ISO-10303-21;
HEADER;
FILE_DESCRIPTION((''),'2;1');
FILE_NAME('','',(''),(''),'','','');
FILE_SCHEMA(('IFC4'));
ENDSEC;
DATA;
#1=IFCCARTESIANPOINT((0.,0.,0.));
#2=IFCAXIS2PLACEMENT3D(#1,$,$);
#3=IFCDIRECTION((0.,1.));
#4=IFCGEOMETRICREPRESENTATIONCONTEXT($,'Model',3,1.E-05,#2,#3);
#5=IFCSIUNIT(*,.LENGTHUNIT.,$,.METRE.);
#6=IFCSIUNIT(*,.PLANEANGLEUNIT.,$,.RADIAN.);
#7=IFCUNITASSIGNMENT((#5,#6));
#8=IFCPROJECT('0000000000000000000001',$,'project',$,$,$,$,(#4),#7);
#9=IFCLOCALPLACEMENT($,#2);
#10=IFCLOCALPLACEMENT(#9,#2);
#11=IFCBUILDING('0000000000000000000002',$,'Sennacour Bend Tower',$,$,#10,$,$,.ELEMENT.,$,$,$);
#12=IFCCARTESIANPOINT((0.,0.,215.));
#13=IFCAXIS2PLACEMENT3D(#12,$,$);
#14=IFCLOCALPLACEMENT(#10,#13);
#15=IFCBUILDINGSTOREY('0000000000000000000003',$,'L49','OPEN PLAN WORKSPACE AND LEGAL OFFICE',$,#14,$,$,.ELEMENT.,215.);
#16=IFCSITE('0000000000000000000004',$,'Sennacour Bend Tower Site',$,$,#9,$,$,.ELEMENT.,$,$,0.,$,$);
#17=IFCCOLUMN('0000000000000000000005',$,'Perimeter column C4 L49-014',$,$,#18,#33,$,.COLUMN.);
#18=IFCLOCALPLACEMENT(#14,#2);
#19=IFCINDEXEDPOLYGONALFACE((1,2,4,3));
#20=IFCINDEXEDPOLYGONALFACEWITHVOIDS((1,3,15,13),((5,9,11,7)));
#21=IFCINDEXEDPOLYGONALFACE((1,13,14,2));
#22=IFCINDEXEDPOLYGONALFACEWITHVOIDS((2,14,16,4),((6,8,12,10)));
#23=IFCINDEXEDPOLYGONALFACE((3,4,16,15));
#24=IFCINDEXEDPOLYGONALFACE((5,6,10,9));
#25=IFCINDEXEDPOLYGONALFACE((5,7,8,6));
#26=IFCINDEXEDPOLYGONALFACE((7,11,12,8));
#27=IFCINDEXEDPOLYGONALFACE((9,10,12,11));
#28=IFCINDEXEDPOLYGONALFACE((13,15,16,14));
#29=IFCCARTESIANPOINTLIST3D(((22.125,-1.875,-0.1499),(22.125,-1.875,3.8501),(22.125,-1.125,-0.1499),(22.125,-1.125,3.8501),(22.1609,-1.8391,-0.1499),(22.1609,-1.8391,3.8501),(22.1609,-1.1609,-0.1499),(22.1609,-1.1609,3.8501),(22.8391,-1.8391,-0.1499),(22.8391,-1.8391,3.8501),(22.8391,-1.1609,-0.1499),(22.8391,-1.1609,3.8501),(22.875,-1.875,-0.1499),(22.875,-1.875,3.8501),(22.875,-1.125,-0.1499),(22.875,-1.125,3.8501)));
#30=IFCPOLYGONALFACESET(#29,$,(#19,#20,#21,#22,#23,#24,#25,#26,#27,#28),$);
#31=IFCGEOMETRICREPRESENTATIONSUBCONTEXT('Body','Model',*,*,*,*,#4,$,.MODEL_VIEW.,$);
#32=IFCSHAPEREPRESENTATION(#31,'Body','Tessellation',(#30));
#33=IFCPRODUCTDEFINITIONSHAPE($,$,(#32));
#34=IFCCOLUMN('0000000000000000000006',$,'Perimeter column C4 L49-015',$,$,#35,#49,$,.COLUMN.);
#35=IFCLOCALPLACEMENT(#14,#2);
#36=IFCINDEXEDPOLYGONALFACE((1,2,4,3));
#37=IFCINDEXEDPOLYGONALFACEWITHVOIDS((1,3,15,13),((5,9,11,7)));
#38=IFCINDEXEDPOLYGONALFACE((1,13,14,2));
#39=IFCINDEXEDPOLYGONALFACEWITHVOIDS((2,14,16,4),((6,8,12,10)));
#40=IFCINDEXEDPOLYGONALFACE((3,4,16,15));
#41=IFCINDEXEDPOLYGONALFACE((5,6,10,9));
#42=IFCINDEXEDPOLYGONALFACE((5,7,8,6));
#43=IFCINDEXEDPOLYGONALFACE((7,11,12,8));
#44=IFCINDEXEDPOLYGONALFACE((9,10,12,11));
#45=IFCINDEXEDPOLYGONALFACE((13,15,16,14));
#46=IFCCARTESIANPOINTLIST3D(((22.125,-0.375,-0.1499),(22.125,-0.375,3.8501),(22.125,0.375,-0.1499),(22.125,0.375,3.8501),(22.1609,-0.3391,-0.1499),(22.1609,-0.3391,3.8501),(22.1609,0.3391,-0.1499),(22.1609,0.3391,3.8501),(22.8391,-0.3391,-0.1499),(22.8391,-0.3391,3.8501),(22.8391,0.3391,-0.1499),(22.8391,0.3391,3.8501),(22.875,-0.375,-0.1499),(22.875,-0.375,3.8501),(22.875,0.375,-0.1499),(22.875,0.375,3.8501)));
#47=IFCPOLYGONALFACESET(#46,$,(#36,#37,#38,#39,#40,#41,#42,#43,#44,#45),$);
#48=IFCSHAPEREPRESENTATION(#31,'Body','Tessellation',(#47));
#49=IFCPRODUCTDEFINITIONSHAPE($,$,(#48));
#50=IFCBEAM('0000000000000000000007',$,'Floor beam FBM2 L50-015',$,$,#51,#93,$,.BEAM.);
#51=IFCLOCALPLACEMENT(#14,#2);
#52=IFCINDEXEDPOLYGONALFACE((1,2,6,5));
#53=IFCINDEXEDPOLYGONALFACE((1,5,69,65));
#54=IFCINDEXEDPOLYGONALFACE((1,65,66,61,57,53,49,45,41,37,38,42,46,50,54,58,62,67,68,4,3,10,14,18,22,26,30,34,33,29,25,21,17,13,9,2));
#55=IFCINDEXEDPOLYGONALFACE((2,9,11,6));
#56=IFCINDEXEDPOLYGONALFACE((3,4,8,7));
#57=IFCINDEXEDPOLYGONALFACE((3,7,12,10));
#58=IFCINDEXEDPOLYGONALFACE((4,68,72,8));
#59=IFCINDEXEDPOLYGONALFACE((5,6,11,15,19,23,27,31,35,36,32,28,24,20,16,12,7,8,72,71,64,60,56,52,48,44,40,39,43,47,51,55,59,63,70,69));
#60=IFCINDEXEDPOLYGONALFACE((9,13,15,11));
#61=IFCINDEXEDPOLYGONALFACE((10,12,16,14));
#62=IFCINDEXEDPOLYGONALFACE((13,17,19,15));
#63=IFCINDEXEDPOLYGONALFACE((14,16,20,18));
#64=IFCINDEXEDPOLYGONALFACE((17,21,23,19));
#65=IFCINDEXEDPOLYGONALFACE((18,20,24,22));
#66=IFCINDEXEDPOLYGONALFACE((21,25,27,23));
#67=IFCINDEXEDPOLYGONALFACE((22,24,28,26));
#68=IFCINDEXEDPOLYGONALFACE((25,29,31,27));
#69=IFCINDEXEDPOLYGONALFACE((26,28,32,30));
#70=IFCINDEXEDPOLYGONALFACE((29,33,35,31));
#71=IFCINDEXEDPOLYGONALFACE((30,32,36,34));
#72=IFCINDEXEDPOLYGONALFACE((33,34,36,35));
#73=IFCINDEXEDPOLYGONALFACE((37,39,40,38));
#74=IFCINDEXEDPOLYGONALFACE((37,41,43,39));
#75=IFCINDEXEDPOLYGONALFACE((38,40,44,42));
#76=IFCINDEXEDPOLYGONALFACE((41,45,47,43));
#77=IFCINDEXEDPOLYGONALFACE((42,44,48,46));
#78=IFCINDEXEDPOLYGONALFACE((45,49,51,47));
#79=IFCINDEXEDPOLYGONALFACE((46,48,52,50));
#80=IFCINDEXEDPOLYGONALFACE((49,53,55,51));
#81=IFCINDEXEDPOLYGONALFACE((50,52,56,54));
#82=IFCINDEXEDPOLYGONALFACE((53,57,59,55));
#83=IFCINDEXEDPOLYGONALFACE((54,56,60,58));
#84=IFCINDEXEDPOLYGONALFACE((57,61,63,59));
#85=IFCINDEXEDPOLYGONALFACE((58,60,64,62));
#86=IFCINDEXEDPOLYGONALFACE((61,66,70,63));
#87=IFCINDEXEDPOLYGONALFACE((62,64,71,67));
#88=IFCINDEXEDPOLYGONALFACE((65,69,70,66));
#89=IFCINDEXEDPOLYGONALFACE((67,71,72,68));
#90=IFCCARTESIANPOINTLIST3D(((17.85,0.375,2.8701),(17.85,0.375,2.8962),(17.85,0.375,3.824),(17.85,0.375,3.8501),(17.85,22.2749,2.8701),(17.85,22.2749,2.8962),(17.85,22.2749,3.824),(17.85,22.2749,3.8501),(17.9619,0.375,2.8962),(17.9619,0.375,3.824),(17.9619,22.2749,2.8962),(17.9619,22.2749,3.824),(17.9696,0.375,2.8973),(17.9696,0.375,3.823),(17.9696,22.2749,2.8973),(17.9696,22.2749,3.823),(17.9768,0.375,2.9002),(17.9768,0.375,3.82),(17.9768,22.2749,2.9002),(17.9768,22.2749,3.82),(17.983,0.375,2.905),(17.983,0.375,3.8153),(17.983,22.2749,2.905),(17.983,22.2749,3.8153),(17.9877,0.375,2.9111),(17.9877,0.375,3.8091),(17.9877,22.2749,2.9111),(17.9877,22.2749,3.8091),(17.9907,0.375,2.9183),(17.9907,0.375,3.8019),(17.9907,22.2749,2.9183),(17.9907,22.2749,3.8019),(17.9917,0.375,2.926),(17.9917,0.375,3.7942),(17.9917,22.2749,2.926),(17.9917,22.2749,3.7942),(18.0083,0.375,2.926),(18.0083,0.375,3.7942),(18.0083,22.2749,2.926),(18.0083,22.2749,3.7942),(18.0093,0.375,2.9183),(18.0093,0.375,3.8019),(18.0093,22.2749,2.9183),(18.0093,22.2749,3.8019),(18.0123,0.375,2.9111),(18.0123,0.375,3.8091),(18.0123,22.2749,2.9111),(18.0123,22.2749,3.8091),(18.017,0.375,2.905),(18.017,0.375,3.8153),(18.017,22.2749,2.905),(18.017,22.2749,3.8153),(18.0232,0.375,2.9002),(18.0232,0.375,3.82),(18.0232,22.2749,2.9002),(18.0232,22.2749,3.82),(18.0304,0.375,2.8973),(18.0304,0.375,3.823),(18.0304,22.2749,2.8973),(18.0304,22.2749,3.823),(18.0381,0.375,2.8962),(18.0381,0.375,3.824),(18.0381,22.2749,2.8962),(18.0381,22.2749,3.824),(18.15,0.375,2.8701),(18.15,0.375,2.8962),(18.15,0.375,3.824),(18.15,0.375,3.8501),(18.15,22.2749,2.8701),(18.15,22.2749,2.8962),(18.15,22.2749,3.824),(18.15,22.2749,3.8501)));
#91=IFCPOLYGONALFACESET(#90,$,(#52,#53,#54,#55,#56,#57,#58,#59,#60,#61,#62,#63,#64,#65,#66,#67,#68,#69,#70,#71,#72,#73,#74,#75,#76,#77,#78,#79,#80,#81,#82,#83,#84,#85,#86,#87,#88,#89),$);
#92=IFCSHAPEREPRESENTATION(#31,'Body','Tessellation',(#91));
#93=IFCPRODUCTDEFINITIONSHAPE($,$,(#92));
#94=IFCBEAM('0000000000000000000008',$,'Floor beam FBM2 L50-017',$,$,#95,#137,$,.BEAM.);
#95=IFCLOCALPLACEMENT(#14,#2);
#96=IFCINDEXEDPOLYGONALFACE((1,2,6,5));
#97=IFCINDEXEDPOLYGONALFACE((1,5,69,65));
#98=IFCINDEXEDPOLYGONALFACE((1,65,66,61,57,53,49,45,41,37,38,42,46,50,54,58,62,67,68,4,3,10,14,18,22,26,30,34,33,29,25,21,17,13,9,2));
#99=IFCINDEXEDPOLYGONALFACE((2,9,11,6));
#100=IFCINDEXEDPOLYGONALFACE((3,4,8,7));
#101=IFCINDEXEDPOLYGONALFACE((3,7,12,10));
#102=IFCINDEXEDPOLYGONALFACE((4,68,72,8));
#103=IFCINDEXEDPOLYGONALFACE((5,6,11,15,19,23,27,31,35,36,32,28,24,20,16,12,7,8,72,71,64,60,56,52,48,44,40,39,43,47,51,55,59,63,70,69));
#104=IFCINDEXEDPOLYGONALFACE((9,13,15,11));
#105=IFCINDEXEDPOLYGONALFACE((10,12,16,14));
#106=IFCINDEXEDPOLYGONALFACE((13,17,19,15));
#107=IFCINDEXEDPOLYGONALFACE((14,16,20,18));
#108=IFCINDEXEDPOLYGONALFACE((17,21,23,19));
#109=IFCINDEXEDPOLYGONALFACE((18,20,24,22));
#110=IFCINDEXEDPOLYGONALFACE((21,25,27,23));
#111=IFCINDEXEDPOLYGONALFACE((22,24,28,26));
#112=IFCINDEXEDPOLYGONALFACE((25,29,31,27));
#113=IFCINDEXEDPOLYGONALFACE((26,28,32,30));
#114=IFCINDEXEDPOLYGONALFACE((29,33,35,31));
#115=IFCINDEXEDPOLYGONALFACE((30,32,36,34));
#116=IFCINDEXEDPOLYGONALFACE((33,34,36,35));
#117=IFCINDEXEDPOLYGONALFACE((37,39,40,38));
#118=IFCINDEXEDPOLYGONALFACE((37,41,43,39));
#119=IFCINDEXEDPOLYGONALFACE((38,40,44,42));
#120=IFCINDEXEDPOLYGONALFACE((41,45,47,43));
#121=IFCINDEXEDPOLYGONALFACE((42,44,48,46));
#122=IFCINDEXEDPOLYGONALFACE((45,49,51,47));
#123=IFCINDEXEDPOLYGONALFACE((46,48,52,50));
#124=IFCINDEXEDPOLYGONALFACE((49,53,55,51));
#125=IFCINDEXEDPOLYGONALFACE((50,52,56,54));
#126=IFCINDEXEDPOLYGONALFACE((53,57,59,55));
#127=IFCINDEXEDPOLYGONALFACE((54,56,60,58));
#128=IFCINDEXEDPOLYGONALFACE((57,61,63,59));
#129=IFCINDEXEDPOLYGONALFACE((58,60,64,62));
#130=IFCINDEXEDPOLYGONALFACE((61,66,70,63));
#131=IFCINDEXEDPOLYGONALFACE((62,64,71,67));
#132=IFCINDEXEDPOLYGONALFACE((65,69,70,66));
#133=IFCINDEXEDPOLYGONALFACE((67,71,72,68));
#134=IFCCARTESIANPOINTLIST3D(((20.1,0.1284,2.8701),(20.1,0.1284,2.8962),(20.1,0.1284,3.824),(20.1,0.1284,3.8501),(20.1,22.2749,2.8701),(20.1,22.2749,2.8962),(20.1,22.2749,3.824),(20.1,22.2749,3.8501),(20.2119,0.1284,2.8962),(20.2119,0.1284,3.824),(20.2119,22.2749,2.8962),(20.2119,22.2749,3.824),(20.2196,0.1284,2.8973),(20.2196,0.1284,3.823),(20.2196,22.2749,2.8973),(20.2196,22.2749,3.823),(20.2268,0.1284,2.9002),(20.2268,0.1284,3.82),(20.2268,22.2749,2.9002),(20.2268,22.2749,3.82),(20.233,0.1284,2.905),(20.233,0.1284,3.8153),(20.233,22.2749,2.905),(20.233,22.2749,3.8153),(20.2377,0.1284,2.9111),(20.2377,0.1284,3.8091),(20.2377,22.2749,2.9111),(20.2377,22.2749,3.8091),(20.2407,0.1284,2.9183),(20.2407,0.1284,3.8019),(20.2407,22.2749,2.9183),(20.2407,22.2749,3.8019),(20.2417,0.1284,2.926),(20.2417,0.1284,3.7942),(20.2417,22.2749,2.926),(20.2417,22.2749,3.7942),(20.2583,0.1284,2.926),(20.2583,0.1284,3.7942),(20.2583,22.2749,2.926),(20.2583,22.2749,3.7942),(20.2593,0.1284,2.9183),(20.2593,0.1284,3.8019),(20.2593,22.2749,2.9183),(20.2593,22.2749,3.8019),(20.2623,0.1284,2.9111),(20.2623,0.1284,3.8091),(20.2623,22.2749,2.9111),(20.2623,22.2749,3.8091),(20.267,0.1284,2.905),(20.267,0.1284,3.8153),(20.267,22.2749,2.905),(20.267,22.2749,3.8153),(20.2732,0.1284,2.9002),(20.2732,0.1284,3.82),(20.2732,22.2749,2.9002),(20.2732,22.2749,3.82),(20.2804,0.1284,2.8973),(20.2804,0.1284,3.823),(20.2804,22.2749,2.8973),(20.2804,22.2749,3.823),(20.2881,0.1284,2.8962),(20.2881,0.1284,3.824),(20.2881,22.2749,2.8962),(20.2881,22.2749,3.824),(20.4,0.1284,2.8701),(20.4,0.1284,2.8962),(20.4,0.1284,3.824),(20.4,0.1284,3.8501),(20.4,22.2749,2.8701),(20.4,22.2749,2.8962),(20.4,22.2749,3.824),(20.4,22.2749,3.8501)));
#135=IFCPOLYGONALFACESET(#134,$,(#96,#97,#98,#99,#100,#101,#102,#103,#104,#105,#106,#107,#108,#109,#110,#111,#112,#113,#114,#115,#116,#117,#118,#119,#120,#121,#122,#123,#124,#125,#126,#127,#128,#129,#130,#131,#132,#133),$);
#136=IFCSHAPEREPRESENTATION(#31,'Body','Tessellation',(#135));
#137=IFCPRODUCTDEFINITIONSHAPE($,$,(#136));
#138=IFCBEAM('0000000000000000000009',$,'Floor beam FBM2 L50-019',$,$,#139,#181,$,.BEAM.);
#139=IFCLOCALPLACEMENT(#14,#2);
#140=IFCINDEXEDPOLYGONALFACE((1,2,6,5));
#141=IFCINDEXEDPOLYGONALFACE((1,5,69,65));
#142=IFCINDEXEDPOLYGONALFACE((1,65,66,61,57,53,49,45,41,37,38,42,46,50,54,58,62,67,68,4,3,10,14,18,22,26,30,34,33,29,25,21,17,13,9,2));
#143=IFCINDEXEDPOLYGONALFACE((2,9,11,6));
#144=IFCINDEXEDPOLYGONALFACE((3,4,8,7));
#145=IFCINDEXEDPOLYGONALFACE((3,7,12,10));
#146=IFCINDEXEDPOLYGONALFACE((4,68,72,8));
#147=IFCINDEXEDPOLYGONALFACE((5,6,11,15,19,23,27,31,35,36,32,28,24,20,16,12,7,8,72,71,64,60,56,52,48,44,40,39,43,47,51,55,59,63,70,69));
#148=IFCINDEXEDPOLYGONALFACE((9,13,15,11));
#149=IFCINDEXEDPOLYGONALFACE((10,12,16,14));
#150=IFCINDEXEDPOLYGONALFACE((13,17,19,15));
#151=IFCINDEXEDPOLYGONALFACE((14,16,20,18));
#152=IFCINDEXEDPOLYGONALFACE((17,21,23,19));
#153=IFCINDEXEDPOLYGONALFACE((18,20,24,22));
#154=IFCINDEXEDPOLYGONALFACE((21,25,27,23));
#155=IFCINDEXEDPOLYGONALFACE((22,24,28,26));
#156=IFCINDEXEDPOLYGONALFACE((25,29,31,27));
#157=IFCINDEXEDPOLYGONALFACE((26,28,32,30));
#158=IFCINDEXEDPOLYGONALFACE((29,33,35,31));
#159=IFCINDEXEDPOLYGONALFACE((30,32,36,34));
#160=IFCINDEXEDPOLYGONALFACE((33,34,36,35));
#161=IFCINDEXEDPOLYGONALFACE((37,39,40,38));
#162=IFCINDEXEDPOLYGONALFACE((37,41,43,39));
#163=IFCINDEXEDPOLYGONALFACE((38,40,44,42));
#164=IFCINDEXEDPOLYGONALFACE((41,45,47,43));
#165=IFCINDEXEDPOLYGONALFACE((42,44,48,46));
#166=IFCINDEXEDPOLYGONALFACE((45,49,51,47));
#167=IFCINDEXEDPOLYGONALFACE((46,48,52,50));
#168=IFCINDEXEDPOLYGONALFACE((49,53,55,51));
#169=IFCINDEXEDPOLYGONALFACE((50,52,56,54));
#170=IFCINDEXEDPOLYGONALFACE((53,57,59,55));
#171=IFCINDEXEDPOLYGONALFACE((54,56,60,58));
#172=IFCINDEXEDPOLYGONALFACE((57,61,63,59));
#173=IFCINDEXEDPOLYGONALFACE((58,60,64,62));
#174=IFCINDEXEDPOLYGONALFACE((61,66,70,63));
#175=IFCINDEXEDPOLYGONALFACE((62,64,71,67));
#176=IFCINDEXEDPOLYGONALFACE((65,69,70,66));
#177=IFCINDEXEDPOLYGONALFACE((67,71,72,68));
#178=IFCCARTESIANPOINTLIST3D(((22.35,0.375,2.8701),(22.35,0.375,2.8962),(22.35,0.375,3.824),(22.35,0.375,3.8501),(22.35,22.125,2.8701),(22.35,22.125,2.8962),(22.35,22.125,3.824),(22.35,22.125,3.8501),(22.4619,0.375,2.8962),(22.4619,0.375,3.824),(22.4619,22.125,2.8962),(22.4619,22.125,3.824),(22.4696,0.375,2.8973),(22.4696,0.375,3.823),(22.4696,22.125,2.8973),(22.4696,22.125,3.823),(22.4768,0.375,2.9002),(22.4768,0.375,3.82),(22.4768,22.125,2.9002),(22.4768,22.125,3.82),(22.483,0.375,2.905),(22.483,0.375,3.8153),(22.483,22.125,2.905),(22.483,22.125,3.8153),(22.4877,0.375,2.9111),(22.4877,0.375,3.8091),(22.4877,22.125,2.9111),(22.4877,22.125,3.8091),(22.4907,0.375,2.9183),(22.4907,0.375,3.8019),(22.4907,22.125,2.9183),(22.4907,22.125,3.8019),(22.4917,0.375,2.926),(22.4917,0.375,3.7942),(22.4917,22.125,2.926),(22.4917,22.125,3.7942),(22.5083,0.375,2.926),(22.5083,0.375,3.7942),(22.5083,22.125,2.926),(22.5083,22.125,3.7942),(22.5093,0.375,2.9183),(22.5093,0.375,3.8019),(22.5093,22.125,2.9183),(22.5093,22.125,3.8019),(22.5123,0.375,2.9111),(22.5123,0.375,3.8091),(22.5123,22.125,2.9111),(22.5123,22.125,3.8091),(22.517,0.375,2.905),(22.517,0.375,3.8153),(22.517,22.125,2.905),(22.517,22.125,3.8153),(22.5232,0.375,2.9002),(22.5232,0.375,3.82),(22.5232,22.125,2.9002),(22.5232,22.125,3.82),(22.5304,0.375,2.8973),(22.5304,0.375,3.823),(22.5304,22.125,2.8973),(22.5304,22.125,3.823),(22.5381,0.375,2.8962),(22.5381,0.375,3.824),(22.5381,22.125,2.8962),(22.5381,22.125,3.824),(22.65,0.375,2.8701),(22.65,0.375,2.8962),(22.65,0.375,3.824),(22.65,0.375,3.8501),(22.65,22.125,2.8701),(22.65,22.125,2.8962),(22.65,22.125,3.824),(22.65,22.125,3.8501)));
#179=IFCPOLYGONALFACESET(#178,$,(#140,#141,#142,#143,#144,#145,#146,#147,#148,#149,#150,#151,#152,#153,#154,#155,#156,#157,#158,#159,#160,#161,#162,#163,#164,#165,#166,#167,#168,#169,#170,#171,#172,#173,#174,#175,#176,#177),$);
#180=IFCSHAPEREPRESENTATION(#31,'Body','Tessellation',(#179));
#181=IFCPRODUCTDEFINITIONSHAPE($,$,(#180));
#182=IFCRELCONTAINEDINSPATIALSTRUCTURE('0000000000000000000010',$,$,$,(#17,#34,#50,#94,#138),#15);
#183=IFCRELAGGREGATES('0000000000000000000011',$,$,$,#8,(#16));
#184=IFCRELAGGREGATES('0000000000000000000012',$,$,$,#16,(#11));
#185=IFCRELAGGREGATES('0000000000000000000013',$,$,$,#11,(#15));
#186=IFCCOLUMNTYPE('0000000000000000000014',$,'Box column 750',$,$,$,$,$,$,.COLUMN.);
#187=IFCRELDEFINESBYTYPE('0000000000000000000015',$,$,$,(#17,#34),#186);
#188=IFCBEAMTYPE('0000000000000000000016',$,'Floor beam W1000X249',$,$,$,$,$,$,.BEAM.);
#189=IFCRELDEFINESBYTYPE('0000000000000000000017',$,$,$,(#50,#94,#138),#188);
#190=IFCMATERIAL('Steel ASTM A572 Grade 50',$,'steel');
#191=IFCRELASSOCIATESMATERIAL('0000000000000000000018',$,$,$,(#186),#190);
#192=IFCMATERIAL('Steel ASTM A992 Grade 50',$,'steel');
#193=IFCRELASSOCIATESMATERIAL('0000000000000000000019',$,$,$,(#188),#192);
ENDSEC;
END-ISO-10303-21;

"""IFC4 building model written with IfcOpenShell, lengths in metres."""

from ifc_helpers import new_model, si_unit, direction, frame, origin, origin_2d, place, context, subcontext, project, spatial, hollow_rectangle, i_section, extrude, material, material_profile, profile_set, type_object, element, save


model = new_model("IFC4")

# Units and contexts
model_context = context("Model", 3, precision=1e-05, world=origin(), true_north=direction((0.0, 1.0)))
body_context = subcontext(model_context, "Body", "Model", "MODEL_VIEW")
ifc_project = project(units=[si_unit("LENGTHUNIT", "METRE"), si_unit("PLANEANGLEUNIT", "RADIAN")], contexts=[model_context])

# Site, building, storey
site_placement = place(None, origin())
site = spatial("IfcSite", under=ifc_project, at=site_placement, Name="Sennacour Bend Tower Site", CompositionType="ELEMENT", RefElevation=0.0)
building_placement = place(site_placement, origin())
building = spatial("IfcBuilding", under=site, at=building_placement, Name="Sennacour Bend Tower", CompositionType="ELEMENT")
storey_placement = place(building_placement, frame((0.0, 0.0, 215.0)))
storey = spatial("IfcBuildingStorey", under=building, at=storey_placement, Name="L49", Description="OPEN PLAN WORKSPACE AND LEGAL OFFICE", CompositionType="ELEMENT", Elevation=215.0)

# Columns
ifc_material_1 = material(Name="Steel ASTM A572 Grade 50", Category="steel")
ifc_material_profile_1 = material_profile(ifc_material_1, hollow_rectangle(XDim=0.75, YDim=0.75, WallThickness=0.0359, at=origin_2d()), Name="Steel ASTM A572 Grade 50", Category="steel")
ifc_profile_set_1 = profile_set([ifc_material_profile_1], Name="Steel ASTM A572 Grade 50")
column_type = type_object("IfcColumnType", Name="Box column 750", PredefinedType="COLUMN", material=ifc_profile_set_1)
for number, where, z_axis, x_axis, name in (
    (1, (22.5, -1.5, -0.1499), (0.0, 0.0, 1.0), (1.0, 0.0, 0.0), "Perimeter column C4 L49-014"),
    (2, (22.5, 0.0, -0.1499), (0.0, 0.0, 1.0), (1.0, 0.0, 0.0), "Perimeter column C4 L49-015"),
):
    element("IfcColumn", number, at=place(storey_placement, frame(where, z_axis=z_axis, x_axis=x_axis)), inside=storey, type_object=column_type, Name=name, PredefinedType="COLUMN", context=body_context, shape_type="SweptSolid", body=[
        extrude(hollow_rectangle(XDim=0.75, YDim=0.75, WallThickness=0.0359, at=origin_2d()), origin(), (0.0, 0.0, 1.0), 4.0),
    ])

# Beams
ifc_material_2 = material(Name="Steel ASTM A992 Grade 50", Category="steel")
ifc_material_profile_2 = material_profile(ifc_material_2, i_section(OverallWidth=0.3, OverallDepth=0.98, WebThickness=0.0166, FlangeThickness=0.0261, FilletRadius=0.0298, at=origin_2d()), Name="Steel ASTM A992 Grade 50", Category="steel")
ifc_profile_set_2 = profile_set([ifc_material_profile_2], Name="Steel ASTM A992 Grade 50")
beam_type_1 = type_object("IfcBeamType", Name="Floor beam W1000X249", PredefinedType="BEAM", material=ifc_profile_set_2)
beam_1_placement = place(storey_placement, frame((18.0, 0.375, 3.3601), z_axis=(0.0, 1.0, 0.0), x_axis=(-1.0, 0.0, 0.0)))
element("IfcBeam", 3, at=beam_1_placement, inside=storey, type_object=beam_type_1, Name="Floor beam FBM2 L50-015", PredefinedType="BEAM", context=body_context, shape_type="SweptSolid", body=[
    extrude(i_section(OverallWidth=0.3, OverallDepth=0.98, WebThickness=0.0166, FlangeThickness=0.0261, FilletRadius=0.0298, at=origin_2d()), origin(), (0.0, 0.0, 1.0), 21.8999),
])
beam_2_placement = place(storey_placement, frame((20.25, 0.1284, 3.3601), z_axis=(0.0, 1.0, 0.0), x_axis=(-1.0, 0.0, 0.0)))
element("IfcBeam", 4, at=beam_2_placement, inside=storey, type_object=beam_type_1, Name="Floor beam FBM2 L50-017", PredefinedType="BEAM", context=body_context, shape_type="SweptSolid", body=[
    extrude(i_section(OverallWidth=0.3, OverallDepth=0.98, WebThickness=0.0166, FlangeThickness=0.0261, FilletRadius=0.0298, at=origin_2d()), origin(), (0.0, 0.0, 1.0), 22.1465),
])
beam_3_placement = place(storey_placement, frame((22.5, 0.375, 3.3601), z_axis=(0.0, 1.0, 0.0), x_axis=(-1.0, 0.0, 0.0)))
element("IfcBeam", 5, at=beam_3_placement, inside=storey, type_object=beam_type_1, Name="Floor beam FBM2 L50-019", PredefinedType="BEAM", context=body_context, shape_type="SweptSolid", body=[
    extrude(i_section(OverallWidth=0.3, OverallDepth=0.98, WebThickness=0.0166, FlangeThickness=0.0261, FilletRadius=0.0298, at=origin_2d()), origin(), (0.0, 0.0, 1.0), 21.75),
])

save(model, "model.ifc")
